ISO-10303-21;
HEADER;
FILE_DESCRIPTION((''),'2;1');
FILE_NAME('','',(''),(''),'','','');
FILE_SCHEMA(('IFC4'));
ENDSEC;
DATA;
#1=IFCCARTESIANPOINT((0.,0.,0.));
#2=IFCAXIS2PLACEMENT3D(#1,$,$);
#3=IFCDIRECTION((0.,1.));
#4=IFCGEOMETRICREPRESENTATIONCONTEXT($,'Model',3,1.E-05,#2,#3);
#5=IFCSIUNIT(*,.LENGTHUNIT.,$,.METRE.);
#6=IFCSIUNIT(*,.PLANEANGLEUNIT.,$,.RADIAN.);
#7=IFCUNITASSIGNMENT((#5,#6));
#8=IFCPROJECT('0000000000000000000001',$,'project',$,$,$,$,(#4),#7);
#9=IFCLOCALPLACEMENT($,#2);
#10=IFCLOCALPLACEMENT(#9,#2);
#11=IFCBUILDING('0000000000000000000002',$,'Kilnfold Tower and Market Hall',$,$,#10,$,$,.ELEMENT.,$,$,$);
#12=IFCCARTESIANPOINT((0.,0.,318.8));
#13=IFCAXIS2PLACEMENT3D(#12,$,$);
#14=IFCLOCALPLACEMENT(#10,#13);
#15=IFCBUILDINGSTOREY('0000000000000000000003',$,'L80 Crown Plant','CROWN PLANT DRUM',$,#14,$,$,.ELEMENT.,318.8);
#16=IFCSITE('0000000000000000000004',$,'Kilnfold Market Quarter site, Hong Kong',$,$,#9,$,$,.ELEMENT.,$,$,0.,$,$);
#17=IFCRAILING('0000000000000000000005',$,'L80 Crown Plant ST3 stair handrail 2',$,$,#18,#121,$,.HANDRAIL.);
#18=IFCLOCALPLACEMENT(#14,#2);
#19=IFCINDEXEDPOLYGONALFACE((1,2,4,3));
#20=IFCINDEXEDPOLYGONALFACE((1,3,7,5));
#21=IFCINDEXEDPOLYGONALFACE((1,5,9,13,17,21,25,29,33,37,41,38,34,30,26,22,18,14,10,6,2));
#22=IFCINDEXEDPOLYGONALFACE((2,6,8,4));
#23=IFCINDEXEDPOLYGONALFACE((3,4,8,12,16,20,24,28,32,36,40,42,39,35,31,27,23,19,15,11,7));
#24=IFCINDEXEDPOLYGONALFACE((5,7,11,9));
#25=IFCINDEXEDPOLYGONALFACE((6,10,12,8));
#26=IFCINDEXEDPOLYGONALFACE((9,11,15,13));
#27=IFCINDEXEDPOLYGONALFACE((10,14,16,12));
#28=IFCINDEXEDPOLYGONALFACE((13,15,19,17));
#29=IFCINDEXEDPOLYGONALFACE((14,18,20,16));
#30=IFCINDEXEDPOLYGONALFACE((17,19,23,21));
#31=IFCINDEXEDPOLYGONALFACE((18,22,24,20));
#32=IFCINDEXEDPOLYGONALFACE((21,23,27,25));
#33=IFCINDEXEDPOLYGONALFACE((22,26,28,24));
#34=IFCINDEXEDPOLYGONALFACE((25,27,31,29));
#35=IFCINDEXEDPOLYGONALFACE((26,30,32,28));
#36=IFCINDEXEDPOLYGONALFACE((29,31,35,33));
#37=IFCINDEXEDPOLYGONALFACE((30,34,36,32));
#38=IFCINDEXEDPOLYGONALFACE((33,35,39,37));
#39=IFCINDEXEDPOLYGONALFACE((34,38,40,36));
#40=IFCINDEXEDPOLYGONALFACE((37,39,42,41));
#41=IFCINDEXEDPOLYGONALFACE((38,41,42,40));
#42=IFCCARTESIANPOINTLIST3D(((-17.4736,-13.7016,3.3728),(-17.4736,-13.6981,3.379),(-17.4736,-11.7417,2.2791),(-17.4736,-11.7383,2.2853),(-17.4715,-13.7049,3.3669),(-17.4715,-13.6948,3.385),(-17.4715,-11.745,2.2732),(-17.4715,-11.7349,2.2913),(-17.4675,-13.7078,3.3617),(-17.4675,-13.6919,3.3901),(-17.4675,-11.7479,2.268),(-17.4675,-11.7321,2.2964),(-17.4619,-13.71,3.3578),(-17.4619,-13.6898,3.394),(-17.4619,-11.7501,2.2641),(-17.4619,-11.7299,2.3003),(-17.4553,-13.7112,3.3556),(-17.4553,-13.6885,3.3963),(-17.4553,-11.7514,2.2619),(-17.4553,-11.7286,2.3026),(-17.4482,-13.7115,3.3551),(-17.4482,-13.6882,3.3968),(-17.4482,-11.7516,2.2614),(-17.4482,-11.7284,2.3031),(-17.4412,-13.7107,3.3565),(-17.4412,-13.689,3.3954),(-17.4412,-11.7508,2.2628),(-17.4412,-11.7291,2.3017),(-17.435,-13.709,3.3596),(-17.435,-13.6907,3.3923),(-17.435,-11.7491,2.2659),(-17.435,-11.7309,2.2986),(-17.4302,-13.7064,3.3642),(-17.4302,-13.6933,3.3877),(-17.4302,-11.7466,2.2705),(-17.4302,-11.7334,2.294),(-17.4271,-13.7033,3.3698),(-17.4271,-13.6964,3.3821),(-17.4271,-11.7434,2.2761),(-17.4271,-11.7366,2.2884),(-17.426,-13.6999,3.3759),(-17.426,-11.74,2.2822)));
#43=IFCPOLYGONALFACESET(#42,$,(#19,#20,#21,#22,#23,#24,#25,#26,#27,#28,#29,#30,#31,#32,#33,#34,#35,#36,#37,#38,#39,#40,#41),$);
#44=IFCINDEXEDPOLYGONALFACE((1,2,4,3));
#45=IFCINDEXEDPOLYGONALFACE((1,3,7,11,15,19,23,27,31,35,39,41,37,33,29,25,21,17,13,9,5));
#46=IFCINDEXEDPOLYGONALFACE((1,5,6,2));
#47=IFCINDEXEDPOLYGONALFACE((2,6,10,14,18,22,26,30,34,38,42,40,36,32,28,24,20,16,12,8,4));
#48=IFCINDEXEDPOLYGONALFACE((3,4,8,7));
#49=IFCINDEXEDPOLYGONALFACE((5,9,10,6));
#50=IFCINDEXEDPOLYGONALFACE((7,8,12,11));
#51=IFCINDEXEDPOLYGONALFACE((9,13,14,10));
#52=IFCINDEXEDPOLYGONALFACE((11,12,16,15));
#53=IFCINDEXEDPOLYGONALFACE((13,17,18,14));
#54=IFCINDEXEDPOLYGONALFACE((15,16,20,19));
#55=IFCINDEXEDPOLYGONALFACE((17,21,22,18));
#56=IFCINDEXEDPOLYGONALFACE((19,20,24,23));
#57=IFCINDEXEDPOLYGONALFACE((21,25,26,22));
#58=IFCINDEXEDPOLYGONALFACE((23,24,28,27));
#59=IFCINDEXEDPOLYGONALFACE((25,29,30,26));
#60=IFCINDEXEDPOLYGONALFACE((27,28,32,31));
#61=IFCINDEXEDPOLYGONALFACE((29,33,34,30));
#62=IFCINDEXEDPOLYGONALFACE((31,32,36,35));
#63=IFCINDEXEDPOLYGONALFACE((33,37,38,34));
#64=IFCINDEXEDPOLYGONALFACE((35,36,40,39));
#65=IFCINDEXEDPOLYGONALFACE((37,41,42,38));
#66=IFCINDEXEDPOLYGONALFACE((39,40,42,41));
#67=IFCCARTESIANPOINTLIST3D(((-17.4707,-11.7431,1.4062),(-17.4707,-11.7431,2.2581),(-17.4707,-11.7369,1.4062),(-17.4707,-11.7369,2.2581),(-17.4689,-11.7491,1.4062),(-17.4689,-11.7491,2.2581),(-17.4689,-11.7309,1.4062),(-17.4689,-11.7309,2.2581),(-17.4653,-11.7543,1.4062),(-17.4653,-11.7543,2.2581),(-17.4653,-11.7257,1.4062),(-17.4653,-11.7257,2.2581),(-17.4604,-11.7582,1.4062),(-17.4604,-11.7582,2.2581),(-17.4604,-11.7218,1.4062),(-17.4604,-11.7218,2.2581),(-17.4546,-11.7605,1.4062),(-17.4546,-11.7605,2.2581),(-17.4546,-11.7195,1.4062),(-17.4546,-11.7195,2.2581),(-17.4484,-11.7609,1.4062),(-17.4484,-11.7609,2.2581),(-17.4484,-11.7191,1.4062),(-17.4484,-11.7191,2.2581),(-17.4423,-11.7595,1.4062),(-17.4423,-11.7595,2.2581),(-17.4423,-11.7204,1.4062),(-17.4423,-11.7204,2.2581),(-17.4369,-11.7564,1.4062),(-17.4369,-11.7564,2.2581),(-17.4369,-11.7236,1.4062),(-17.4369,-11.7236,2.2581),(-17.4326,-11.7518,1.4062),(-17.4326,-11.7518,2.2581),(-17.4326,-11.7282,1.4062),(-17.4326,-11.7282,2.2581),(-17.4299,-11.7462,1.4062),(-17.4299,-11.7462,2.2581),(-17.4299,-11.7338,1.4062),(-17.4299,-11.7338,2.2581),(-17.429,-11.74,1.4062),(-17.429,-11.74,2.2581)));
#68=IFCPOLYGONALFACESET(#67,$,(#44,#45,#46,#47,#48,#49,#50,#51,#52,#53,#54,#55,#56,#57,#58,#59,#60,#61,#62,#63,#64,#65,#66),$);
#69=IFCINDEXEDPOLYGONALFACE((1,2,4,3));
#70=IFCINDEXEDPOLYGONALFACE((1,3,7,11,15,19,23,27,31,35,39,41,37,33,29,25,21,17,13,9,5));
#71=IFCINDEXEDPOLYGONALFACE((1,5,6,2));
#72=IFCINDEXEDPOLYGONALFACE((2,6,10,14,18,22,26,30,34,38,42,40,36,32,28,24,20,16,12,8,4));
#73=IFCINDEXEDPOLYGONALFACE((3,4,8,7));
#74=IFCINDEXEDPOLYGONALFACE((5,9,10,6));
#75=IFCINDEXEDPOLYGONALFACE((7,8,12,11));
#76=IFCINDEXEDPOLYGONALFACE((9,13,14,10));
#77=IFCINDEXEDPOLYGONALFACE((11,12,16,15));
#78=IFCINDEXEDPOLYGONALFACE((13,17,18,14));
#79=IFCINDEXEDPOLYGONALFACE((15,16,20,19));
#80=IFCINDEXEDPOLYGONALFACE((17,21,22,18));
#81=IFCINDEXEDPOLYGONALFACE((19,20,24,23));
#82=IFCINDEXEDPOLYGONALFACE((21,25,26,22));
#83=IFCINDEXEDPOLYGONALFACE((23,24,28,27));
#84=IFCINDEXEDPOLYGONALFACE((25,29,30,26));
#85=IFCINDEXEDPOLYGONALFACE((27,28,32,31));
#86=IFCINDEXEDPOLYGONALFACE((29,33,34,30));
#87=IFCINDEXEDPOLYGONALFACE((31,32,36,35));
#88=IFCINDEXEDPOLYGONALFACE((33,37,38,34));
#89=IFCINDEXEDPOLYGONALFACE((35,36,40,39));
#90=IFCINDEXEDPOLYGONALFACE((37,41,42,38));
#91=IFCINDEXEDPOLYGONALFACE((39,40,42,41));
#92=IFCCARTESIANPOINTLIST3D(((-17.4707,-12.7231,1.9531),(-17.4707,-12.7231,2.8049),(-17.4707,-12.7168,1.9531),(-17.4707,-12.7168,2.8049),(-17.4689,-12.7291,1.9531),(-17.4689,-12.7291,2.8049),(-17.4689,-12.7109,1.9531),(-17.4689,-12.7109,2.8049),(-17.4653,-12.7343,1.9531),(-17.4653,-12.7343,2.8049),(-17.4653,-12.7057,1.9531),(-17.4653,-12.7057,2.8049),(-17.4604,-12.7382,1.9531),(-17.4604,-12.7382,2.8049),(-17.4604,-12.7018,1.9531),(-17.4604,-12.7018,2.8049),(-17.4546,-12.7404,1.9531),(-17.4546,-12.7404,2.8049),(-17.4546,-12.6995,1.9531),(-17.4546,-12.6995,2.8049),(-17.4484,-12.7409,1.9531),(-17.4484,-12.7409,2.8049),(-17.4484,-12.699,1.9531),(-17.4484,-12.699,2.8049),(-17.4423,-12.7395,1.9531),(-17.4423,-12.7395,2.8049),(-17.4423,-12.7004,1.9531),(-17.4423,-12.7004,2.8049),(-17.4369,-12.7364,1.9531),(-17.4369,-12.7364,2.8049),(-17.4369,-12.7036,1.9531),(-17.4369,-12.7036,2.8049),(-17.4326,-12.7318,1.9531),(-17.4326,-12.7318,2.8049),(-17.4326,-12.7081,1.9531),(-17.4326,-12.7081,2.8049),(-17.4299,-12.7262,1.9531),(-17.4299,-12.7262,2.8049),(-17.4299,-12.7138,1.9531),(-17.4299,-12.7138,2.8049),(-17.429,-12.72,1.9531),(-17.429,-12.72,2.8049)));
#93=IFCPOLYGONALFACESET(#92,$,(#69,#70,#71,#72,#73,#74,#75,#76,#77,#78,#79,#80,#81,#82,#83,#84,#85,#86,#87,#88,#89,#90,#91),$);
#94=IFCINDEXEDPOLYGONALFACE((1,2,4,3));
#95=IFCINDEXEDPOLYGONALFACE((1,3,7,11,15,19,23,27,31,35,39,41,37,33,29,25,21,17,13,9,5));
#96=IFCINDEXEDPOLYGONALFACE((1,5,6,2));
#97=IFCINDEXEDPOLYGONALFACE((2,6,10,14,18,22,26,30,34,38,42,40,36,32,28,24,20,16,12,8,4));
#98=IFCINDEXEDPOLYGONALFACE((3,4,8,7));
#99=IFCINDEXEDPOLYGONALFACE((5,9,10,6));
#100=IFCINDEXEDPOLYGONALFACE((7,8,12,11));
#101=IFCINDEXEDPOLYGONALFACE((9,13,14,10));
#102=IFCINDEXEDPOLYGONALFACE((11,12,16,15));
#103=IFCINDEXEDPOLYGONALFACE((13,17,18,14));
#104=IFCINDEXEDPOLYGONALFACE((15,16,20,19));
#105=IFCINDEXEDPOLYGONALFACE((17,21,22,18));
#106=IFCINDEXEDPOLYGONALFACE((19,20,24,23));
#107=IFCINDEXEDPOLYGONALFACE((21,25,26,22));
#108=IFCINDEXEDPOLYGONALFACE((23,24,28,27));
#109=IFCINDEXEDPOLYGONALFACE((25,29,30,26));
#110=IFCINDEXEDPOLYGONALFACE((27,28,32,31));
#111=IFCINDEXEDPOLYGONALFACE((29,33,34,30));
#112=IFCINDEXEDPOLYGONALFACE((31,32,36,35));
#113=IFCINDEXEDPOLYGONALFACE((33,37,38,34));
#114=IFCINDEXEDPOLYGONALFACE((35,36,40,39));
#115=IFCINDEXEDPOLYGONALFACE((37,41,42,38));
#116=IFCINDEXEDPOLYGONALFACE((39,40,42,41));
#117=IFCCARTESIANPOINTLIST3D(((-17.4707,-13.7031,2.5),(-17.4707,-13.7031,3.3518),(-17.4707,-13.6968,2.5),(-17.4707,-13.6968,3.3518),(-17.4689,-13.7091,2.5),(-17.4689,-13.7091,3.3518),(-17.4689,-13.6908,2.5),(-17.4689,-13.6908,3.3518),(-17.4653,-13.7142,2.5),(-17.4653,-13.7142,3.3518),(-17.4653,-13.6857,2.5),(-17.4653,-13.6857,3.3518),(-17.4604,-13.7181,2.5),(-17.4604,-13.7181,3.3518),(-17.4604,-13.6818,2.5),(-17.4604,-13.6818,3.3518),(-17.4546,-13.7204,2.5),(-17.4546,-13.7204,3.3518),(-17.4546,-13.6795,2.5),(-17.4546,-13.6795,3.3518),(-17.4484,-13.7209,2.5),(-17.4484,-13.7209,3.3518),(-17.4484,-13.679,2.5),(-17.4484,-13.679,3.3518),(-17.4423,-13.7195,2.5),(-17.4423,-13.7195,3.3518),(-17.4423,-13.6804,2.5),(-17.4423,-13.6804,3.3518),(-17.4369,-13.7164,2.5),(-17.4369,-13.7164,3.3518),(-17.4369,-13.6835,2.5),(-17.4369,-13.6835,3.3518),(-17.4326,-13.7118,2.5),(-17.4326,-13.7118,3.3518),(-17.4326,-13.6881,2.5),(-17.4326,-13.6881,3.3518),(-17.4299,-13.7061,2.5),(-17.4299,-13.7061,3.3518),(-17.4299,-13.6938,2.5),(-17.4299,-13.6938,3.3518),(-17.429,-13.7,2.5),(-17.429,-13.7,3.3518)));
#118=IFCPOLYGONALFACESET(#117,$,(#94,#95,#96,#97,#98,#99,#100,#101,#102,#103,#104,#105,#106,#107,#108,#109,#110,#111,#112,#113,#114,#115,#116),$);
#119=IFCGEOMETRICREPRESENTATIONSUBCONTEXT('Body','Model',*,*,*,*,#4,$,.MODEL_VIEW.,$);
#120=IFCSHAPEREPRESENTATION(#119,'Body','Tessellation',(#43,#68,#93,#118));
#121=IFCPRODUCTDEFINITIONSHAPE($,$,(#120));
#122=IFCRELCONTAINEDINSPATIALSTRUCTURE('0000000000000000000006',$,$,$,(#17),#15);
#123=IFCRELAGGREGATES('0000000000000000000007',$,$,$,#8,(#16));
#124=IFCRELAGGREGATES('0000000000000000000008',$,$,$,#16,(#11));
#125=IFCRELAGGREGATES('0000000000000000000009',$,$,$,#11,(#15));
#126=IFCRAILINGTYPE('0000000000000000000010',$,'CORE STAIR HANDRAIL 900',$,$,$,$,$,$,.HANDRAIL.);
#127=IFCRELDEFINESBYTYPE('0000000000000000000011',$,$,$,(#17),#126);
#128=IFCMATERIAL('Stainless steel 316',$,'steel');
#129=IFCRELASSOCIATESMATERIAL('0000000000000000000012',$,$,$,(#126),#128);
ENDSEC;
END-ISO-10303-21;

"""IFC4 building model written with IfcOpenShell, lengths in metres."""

from ifc_helpers import new_model, si_unit, direction, frame, origin, origin_2d, place, context, subcontext, project, spatial, circle, extrude, material, type_object, element, save


model = new_model("IFC4")

# Units and contexts
model_context = context("Model", 3, precision=1e-05, world=origin(), true_north=direction((0.0, 1.0)))
body_context = subcontext(model_context, "Body", "Model", "MODEL_VIEW")
ifc_project = project(units=[si_unit("LENGTHUNIT", "METRE"), si_unit("PLANEANGLEUNIT", "RADIAN")], contexts=[model_context])

# Site, building, storey
site_placement = place(None, origin())
site = spatial("IfcSite", under=ifc_project, at=site_placement, Name="Kilnfold Market Quarter site, Hong Kong", CompositionType="ELEMENT", RefElevation=0.0)
building_placement = place(site_placement, origin())
building = spatial("IfcBuilding", under=site, at=building_placement, Name="Kilnfold Tower and Market Hall", CompositionType="ELEMENT")
storey_placement = place(building_placement, frame((0.0, 0.0, 318.8)))
storey = spatial("IfcBuildingStorey", under=building, at=storey_placement, Name="L80 Crown Plant", Description="CROWN PLANT DRUM", CompositionType="ELEMENT", Elevation=318.8)

# Railing
ifc_material_1 = material(Name="Stainless steel 316", Category="steel")
railing_type_1 = type_object("IfcRailingType", Name="CORE STAIR HANDRAIL 900", PredefinedType="HANDRAIL", material=ifc_material_1)
railing_1_placement = place(storey_placement, frame((-17.45, -11.74, 1.4062)))
element("IfcRailing", 1, at=railing_1_placement, inside=storey, type_object=railing_type_1, Name="L80 Crown Plant ST3 stair handrail 2", PredefinedType="HANDRAIL", context=body_context, shape_type="SweptSolid", body=[
    extrude(circle(Radius=0.0239, at=origin_2d()), frame((0.0, 0.0, 0.876), z_axis=(0.0, -0.873232, 0.487304), x_axis=(1.0, 0.0, 0.0)), (0.0, 0.0, 1.0), 2.2444),
    extrude(circle(Radius=0.021, at=origin_2d()), origin(), (0.0, 0.0, 1.0), 0.8518),
    extrude(circle(Radius=0.021, at=origin_2d()), frame((0.0, -0.98, 0.5469)), (0.0, 0.0, 1.0), 0.8518),
    extrude(circle(Radius=0.021, at=origin_2d()), frame((0.0, -1.96, 1.0938)), (0.0, 0.0, 1.0), 0.8518),
])

save(model, "model.ifc")
